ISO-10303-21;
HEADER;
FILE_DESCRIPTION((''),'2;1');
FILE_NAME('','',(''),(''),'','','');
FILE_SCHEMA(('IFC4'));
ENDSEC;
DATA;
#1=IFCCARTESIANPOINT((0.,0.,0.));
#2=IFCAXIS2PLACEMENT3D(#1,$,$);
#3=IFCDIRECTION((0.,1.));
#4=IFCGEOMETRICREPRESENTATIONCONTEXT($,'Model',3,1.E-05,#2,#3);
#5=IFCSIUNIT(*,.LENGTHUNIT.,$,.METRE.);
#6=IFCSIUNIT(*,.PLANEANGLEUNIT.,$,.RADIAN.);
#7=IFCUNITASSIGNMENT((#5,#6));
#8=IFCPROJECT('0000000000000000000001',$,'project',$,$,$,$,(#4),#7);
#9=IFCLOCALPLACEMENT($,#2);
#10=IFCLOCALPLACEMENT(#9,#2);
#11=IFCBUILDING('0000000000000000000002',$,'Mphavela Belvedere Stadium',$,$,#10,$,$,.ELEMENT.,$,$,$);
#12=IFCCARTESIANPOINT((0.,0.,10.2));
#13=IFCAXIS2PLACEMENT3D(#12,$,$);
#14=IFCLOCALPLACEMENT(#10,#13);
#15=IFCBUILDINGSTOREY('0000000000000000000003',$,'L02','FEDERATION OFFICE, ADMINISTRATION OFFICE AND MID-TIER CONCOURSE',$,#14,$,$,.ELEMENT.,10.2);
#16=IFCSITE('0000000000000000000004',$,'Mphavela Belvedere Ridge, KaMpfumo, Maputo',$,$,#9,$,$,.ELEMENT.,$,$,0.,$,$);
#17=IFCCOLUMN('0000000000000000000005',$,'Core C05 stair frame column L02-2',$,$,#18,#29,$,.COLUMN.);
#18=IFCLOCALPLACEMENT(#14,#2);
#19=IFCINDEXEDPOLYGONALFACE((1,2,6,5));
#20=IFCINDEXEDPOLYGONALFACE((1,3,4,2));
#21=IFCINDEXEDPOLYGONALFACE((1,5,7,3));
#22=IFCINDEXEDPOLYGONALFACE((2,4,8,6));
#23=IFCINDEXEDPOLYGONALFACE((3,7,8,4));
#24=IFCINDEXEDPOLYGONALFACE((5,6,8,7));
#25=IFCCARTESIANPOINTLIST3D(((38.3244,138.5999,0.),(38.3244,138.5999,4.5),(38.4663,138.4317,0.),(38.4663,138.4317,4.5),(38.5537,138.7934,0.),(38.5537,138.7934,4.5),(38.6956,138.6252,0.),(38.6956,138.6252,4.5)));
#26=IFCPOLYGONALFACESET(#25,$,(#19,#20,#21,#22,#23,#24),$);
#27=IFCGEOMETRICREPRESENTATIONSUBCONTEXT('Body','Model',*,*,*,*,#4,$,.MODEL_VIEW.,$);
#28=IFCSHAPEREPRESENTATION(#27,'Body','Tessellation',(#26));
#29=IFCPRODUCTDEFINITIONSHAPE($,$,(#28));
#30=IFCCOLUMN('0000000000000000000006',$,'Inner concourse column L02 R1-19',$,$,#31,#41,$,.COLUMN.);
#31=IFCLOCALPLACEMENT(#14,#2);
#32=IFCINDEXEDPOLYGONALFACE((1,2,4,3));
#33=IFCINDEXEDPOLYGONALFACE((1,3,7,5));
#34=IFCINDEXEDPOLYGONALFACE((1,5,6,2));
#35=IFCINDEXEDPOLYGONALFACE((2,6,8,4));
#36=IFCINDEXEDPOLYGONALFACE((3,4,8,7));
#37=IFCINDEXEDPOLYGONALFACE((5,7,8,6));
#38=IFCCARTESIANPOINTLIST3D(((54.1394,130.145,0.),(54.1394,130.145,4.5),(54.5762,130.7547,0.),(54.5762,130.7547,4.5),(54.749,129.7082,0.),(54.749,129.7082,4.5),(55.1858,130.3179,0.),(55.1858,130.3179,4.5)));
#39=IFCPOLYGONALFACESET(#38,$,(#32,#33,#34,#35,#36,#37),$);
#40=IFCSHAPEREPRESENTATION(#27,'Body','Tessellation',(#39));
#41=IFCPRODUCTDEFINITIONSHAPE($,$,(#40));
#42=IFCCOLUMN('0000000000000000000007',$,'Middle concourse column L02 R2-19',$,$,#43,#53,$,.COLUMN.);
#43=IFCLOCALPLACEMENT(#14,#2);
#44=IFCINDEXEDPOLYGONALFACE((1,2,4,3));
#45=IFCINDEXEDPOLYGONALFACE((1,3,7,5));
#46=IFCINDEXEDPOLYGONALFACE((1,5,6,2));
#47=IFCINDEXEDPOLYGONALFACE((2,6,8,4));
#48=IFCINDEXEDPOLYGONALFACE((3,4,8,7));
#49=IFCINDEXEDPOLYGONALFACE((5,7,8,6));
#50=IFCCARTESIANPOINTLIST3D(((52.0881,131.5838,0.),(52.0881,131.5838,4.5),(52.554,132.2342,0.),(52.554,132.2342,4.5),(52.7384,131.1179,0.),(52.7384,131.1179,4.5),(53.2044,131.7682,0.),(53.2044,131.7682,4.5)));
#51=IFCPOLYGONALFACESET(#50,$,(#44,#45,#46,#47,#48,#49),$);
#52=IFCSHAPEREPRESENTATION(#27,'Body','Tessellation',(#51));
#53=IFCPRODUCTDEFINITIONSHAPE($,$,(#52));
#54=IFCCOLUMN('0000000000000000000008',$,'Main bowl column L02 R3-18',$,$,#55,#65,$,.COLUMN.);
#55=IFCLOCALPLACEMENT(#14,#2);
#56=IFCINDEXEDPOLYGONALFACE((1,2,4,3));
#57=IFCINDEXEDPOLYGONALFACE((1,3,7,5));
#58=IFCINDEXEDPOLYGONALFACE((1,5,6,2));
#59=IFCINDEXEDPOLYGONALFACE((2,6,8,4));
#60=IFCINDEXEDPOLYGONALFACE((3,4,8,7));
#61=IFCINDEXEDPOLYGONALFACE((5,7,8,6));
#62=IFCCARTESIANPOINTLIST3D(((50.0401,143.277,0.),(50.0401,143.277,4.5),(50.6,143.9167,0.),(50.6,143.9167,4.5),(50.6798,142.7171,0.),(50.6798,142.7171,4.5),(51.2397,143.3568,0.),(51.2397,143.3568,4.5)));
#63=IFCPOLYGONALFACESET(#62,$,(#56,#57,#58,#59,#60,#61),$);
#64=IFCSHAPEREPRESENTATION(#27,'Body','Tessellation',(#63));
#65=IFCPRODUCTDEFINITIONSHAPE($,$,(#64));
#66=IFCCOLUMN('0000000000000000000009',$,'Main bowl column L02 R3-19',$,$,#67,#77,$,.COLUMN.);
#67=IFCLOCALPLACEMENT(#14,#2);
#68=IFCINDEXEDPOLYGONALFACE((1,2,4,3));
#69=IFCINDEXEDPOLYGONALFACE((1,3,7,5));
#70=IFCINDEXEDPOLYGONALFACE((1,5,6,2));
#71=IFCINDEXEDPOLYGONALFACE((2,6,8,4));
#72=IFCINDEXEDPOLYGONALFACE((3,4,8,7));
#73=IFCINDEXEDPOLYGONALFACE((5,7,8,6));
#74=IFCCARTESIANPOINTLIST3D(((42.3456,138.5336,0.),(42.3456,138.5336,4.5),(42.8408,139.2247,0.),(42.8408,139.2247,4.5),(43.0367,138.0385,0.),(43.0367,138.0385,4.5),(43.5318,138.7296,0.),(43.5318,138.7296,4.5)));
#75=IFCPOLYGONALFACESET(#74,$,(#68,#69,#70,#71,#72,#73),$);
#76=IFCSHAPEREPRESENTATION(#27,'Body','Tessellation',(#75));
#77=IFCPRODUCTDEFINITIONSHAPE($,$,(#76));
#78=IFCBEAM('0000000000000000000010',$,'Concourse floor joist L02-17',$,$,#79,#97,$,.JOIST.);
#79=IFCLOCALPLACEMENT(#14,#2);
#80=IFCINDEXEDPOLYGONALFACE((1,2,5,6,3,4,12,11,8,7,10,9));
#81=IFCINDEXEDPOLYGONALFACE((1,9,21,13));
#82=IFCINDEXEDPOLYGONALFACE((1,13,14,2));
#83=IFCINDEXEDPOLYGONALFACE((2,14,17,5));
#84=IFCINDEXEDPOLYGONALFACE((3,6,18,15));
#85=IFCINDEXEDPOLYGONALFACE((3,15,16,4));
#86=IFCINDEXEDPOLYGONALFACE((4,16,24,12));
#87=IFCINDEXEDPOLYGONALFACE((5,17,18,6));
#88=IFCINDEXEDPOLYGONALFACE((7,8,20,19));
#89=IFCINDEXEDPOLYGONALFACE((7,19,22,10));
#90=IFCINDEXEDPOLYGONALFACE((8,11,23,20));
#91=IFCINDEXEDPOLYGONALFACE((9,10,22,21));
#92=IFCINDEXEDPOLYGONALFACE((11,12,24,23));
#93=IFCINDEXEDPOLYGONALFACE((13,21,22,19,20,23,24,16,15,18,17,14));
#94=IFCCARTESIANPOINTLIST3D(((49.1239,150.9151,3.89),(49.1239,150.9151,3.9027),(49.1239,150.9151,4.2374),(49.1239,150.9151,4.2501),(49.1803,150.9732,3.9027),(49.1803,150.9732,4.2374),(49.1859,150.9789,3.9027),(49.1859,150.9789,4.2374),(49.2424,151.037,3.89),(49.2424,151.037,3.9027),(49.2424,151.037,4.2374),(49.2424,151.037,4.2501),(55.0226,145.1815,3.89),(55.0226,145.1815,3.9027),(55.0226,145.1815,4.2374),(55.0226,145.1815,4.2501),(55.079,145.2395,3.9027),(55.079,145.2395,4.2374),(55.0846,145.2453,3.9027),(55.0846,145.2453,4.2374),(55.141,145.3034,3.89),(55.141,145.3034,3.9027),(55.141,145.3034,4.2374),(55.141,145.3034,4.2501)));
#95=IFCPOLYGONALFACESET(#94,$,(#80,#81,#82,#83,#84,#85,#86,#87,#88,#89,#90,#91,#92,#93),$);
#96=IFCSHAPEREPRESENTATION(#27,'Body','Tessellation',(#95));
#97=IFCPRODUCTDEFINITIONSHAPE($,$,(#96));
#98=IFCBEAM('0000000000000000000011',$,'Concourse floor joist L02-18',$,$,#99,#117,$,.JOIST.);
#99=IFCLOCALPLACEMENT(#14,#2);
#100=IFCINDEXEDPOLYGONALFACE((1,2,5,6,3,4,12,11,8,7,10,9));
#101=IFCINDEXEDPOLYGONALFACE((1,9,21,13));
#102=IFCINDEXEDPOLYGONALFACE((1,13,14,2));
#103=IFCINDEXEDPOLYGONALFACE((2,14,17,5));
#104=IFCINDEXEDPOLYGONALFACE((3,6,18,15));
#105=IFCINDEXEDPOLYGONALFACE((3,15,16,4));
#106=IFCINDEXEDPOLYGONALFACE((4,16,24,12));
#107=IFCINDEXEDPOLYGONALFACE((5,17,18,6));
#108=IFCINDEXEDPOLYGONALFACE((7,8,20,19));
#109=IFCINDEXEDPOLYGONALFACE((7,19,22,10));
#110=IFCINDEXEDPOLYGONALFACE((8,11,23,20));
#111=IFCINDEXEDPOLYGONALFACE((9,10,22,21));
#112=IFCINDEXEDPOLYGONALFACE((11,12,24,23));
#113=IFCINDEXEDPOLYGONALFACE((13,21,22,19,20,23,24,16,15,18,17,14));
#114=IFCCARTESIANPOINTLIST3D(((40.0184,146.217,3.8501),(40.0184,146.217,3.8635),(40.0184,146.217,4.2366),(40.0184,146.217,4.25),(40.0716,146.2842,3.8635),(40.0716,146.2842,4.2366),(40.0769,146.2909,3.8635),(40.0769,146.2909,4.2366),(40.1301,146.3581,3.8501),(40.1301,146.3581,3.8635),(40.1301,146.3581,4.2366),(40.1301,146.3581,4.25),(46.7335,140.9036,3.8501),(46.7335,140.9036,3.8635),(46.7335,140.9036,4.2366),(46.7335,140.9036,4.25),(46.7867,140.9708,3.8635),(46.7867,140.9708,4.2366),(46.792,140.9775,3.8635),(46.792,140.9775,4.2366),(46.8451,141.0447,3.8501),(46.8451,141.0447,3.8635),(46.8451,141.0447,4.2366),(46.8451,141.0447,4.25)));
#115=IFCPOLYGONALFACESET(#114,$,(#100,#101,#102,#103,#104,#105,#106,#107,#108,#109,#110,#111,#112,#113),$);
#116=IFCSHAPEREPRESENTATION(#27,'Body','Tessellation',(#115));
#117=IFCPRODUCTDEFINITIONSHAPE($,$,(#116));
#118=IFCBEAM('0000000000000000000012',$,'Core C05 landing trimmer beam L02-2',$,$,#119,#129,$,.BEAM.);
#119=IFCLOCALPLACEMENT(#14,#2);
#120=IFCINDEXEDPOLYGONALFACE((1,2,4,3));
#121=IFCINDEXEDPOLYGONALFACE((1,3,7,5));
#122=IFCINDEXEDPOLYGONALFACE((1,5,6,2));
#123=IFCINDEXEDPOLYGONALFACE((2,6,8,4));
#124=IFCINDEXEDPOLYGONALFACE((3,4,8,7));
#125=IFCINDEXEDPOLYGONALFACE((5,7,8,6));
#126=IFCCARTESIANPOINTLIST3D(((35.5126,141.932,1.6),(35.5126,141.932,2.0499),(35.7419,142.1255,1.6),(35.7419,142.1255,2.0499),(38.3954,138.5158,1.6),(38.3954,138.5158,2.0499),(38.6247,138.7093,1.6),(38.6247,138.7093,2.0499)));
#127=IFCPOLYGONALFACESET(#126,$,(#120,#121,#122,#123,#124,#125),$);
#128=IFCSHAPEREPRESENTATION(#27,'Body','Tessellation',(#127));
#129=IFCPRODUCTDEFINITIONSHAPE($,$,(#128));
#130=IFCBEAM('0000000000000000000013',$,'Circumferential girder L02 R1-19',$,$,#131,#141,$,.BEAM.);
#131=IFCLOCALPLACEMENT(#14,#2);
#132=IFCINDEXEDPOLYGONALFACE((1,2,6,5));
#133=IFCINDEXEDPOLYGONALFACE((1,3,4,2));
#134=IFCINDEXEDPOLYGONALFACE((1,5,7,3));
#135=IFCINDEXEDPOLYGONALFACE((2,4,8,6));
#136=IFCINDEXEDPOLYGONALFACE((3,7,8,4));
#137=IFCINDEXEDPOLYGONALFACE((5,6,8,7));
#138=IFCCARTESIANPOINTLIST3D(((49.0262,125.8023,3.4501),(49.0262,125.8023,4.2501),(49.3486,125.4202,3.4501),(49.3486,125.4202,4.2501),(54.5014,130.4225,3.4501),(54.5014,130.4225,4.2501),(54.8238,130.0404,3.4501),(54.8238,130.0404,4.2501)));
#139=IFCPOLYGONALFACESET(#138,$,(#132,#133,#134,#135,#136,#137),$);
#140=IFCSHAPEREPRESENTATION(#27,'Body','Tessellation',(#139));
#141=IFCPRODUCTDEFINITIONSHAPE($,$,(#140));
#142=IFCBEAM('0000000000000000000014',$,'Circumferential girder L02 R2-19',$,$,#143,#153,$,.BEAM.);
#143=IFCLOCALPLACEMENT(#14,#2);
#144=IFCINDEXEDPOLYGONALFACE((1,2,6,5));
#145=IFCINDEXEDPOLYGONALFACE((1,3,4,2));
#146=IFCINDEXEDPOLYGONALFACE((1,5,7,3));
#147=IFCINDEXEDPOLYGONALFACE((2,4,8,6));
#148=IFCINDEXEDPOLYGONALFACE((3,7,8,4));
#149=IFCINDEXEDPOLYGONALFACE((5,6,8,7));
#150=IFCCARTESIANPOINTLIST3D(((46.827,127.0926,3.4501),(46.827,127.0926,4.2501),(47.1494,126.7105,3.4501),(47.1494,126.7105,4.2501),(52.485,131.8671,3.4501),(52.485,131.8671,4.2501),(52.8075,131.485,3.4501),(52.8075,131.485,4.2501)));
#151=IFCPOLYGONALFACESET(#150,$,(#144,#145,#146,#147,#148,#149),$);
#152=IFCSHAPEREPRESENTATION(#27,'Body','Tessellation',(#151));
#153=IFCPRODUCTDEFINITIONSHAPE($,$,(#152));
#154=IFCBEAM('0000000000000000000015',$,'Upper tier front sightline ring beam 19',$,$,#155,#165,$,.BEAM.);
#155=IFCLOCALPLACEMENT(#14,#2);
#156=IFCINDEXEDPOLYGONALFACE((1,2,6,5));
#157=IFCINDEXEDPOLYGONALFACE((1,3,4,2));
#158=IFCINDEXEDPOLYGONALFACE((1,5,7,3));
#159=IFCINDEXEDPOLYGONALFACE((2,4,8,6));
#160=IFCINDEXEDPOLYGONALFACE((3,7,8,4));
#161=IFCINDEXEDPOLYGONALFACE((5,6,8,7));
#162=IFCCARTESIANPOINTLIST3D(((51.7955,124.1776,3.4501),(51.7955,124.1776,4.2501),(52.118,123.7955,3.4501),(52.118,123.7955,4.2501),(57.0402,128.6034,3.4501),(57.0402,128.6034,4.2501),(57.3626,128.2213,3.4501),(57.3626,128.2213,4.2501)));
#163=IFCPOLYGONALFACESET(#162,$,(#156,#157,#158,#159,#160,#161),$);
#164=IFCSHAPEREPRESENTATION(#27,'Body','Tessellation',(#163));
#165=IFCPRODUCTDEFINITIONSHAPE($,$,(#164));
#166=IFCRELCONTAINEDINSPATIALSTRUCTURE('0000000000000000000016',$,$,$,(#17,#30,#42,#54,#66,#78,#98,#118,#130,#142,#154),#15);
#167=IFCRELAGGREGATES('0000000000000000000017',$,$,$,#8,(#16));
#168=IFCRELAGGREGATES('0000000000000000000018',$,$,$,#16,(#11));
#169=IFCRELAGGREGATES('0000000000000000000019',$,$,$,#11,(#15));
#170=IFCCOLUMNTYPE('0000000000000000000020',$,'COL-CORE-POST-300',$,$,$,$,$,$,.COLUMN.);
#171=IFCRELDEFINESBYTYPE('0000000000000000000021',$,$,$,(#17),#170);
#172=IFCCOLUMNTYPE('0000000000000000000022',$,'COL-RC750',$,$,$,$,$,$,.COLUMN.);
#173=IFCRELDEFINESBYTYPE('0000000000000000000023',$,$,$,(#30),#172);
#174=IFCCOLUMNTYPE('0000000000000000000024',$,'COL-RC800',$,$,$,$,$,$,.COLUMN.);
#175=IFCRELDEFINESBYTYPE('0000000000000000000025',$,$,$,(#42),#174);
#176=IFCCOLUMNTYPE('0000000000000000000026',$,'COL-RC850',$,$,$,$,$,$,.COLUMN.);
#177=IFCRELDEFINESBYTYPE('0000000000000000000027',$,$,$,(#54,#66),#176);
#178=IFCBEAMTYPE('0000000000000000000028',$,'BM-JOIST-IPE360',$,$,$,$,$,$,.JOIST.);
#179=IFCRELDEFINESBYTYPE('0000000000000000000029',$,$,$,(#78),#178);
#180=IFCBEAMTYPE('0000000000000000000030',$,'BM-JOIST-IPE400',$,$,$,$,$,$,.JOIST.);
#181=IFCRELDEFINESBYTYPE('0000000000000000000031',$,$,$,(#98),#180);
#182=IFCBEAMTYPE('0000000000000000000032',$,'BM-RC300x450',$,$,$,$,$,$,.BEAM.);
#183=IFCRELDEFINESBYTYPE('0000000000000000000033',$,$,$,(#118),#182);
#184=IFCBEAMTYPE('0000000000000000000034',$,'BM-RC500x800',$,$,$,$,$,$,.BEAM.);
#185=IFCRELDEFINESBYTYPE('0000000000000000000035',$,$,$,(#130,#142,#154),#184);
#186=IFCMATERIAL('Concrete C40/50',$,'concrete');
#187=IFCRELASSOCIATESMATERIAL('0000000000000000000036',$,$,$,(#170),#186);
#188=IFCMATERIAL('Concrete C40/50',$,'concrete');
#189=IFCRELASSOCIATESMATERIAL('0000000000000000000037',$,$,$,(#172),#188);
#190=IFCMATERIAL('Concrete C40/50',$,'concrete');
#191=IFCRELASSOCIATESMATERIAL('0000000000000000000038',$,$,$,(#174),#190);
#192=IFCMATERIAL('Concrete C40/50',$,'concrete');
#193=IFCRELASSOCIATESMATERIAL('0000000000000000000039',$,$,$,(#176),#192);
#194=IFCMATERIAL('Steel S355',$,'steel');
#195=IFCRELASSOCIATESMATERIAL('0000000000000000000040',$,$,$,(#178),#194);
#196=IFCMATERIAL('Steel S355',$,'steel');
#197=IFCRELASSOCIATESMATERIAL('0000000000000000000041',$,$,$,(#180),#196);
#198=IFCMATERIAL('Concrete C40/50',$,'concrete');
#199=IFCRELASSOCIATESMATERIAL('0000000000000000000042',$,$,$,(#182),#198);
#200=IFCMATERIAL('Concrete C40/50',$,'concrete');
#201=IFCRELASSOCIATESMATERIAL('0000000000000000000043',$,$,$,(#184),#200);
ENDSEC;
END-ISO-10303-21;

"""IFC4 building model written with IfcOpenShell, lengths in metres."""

from ifc_helpers import new_model, si_unit, direction, frame, origin, origin_2d, place, context, subcontext, project, spatial, rectangle, i_section, extrude, material, material_profile, profile_set, type_object, element, save


model = new_model("IFC4")

# Units and contexts
model_context = context("Model", 3, precision=1e-05, world=origin(), true_north=direction((0.0, 1.0)))
body_context = subcontext(model_context, "Body", "Model", "MODEL_VIEW")
ifc_project = project(units=[si_unit("LENGTHUNIT", "METRE"), si_unit("PLANEANGLEUNIT", "RADIAN")], contexts=[model_context])

# Site, building, storey
site_placement = place(None, origin())
site = spatial("IfcSite", under=ifc_project, at=site_placement, Name="Mphavela Belvedere Ridge, KaMpfumo, Maputo", CompositionType="ELEMENT", RefElevation=0.0)
building_placement = place(site_placement, origin())
building = spatial("IfcBuilding", under=site, at=building_placement, Name="Mphavela Belvedere Stadium", CompositionType="ELEMENT")
storey_placement = place(building_placement, frame((0.0, 0.0, 10.2)))
storey = spatial("IfcBuildingStorey", under=building, at=storey_placement, Name="L02", Description="FEDERATION OFFICE, ADMINISTRATION OFFICE AND MID-TIER CONCOURSE", CompositionType="ELEMENT", Elevation=10.2)

# Columns
ifc_material_1 = material(Name="Concrete C40/50", Category="concrete")
ifc_material_profile_1 = material_profile(ifc_material_1, rectangle(XDim=0.3, YDim=0.22, at=origin_2d()), Name="RC 300x220")
ifc_profile_set_1 = profile_set([ifc_material_profile_1], Name="Concrete C40/50")
column_type_1 = type_object("IfcColumnType", Name="COL-CORE-POST-300", PredefinedType="COLUMN", material=ifc_profile_set_1)
column_1_placement = place(storey_placement, frame((38.51, 138.6125, 0.0), z_axis=(0.0, 0.0, 1.0), x_axis=(0.764246, 0.644924, 0.0)))
element("IfcColumn", 1, at=column_1_placement, inside=storey, type_object=column_type_1, Name="Core C05 stair frame column L02-2", PredefinedType="COLUMN", context=body_context, shape_type="SweptSolid", body=[
    extrude(rectangle(XDim=0.3, YDim=0.22, at=origin_2d()), origin(), (0.0, 0.0, 1.0), 4.5),
])
ifc_material_2 = material(Name="Concrete C40/50", Category="concrete")
ifc_material_profile_2 = material_profile(ifc_material_2, rectangle(XDim=0.75, YDim=0.75, at=origin_2d()), Name="RC 750x750")
ifc_profile_set_2 = profile_set([ifc_material_profile_2], Name="Concrete C40/50")
column_type_2 = type_object("IfcColumnType", Name="COL-RC750", PredefinedType="COLUMN", material=ifc_profile_set_2)
column_2_placement = place(storey_placement, frame((54.6626, 130.2314, 0.0), z_axis=(0.0, 0.0, 1.0), x_axis=(-0.812898, 0.582407, 0.0)))
element("IfcColumn", 2, at=column_2_placement, inside=storey, type_object=column_type_2, Name="Inner concourse column L02 R1-19", PredefinedType="COLUMN", context=body_context, shape_type="SweptSolid", body=[
    extrude(rectangle(XDim=0.75, YDim=0.75, at=origin_2d()), origin(), (0.0, 0.0, 1.0), 4.5),
])
ifc_material_3 = material(Name="Concrete C40/50", Category="concrete")
ifc_material_profile_3 = material_profile(ifc_material_3, rectangle(XDim=0.8, YDim=0.8, at=origin_2d()), Name="RC 800x800")
ifc_profile_set_3 = profile_set([ifc_material_profile_3], Name="Concrete C40/50")
column_type_3 = type_object("IfcColumnType", Name="COL-RC800", PredefinedType="COLUMN", material=ifc_profile_set_3)
column_3_placement = place(storey_placement, frame((52.6462, 131.676, 0.0), z_axis=(0.0, 0.0, 1.0), x_axis=(-0.812898, 0.582407, 0.0)))
element("IfcColumn", 3, at=column_3_placement, inside=storey, type_object=column_type_3, Name="Middle concourse column L02 R2-19", PredefinedType="COLUMN", context=body_context, shape_type="SweptSolid", body=[
    extrude(rectangle(XDim=0.8, YDim=0.8, at=origin_2d()), origin(), (0.0, 0.0, 1.0), 4.5),
])
ifc_material_4 = material(Name="Concrete C40/50", Category="concrete")
ifc_material_profile_4 = material_profile(ifc_material_4, rectangle(XDim=0.8501, YDim=0.8501, at=origin_2d()), Name="RC 850x850")
ifc_profile_set_4 = profile_set([ifc_material_profile_4], Name="Concrete C40/50")
column_type_4 = type_object("IfcColumnType", Name="COL-RC850", PredefinedType="COLUMN", material=ifc_profile_set_4)
for number, where, z_axis, x_axis, name in (
    (4, (50.6399, 143.3169, 0.0), (0.0, 0.0, 1.0), (-0.75253, 0.658558, 0.0), "Main bowl column L02 R3-18"),
    (5, (42.9387, 138.6316, 0.0), (0.0, 0.0, 1.0), (-0.812898, 0.582407, 0.0), "Main bowl column L02 R3-19"),
):
    element("IfcColumn", number, at=place(storey_placement, frame(where, z_axis=z_axis, x_axis=x_axis)), inside=storey, type_object=column_type_4, Name=name, PredefinedType="COLUMN", context=body_context, shape_type="SweptSolid", body=[
        extrude(rectangle(XDim=0.8501, YDim=0.8501, at=origin_2d()), origin(), (0.0, 0.0, 1.0), 4.5),
    ])

# Beams
ifc_material_5 = material(Name="Steel S355", Category="steel")
ifc_material_profile_5 = material_profile(ifc_material_5, i_section(OverallWidth=0.1699, OverallDepth=0.3601, WebThickness=0.0081, FlangeThickness=0.0127, at=origin_2d()), Name="IPE 360")
ifc_profile_set_5 = profile_set([ifc_material_profile_5], Name="Steel S355")
beam_type_1 = type_object("IfcBeamType", Name="BM-JOIST-IPE360", PredefinedType="JOIST", material=ifc_profile_set_5)
beam_1_placement = place(storey_placement, frame((55.0818, 145.2424, 4.0701), z_axis=(-0.717067, 0.697004, 0.0), x_axis=(-0.697004, -0.717067, 0.0)))
element("IfcBeam", 6, at=beam_1_placement, inside=storey, type_object=beam_type_1, Name="Concourse floor joist L02-17", PredefinedType="JOIST", context=body_context, shape_type="SweptSolid", body=[
    extrude(i_section(OverallWidth=0.1699, OverallDepth=0.3601, WebThickness=0.0081, FlangeThickness=0.0127, at=origin_2d()), origin(), (0.0, 0.0, 1.0), 8.2261),
])
ifc_material_6 = material(Name="Steel S355", Category="steel")
ifc_material_profile_6 = material_profile(ifc_material_6, i_section(OverallWidth=0.1799, OverallDepth=0.3999, WebThickness=0.0085, FlangeThickness=0.0134, at=origin_2d()), Name="IPE 400")
ifc_profile_set_6 = profile_set([ifc_material_profile_6], Name="Steel S355")
beam_type_2 = type_object("IfcBeamType", Name="BM-JOIST-IPE400", PredefinedType="JOIST", material=ifc_profile_set_6)
beam_2_placement = place(storey_placement, frame((46.7893, 140.9741, 4.05), z_axis=(-0.784196, 0.620514, 0.0), x_axis=(-0.620514, -0.784196, 0.0)))
element("IfcBeam", 7, at=beam_2_placement, inside=storey, type_object=beam_type_2, Name="Concourse floor joist L02-18", PredefinedType="JOIST", context=body_context, shape_type="SweptSolid", body=[
    extrude(i_section(OverallWidth=0.1799, OverallDepth=0.3999, WebThickness=0.0085, FlangeThickness=0.0134, at=origin_2d()), origin(), (0.0, 0.0, 1.0), 8.563),
])
ifc_material_7 = material(Name="Concrete C40/50", Category="concrete")
ifc_material_profile_7 = material_profile(ifc_material_7, rectangle(XDim=0.3, YDim=0.45, at=origin_2d()), Name="RC 300x450")
ifc_profile_set_7 = profile_set([ifc_material_profile_7], Name="Concrete C40/50")
beam_type_3 = type_object("IfcBeamType", Name="BM-RC300x450", PredefinedType="BEAM", material=ifc_profile_set_7)
beam_3_placement = place(storey_placement, frame((38.51, 138.6125, 1.825), z_axis=(-0.644916, 0.764254, 0.0), x_axis=(-0.764254, -0.644916, 0.0)))
element("IfcBeam", 8, at=beam_3_placement, inside=storey, type_object=beam_type_3, Name="Core C05 landing trimmer beam L02-2", PredefinedType="BEAM", context=body_context, shape_type="SweptSolid", body=[
    extrude(rectangle(XDim=0.3, YDim=0.45, at=origin_2d()), origin(), (0.0, 0.0, 1.0), 4.47),
])
ifc_material_8 = material(Name="Concrete C40/50", Category="concrete")
ifc_material_profile_8 = material_profile(ifc_material_8, rectangle(XDim=0.5, YDim=0.8, at=origin_2d()), Name="RC 500x800")
ifc_profile_set_8 = profile_set([ifc_material_profile_8], Name="Concrete C40/50")
beam_type_4 = type_object("IfcBeamType", Name="BM-RC500x800", PredefinedType="BEAM", material=ifc_profile_set_8)
beam_4_placement = place(storey_placement, frame((54.6626, 130.2314, 3.8501), z_axis=(-0.764257, -0.644912, 0.0), x_axis=(0.644912, -0.764257, 0.0)))
element("IfcBeam", 9, at=beam_4_placement, inside=storey, type_object=beam_type_4, Name="Circumferential girder L02 R1-19", PredefinedType="BEAM", context=body_context, shape_type="SweptSolid", body=[
    extrude(rectangle(XDim=0.5, YDim=0.8, at=origin_2d()), origin(), (0.0, 0.0, 1.0), 7.1641),
])
beam_5_placement = place(storey_placement, frame((52.6462, 131.676, 3.8501), z_axis=(-0.764257, -0.644911, 0.0), x_axis=(0.644911, -0.764257, 0.0)))
element("IfcBeam", 10, at=beam_5_placement, inside=storey, type_object=beam_type_4, Name="Circumferential girder L02 R2-19", PredefinedType="BEAM", context=body_context, shape_type="SweptSolid", body=[
    extrude(rectangle(XDim=0.5, YDim=0.8, at=origin_2d()), origin(), (0.0, 0.0, 1.0), 7.4033),
])
beam_6_placement = place(storey_placement, frame((57.2014, 128.4124, 3.8501), z_axis=(-0.764247, -0.644924, 0.0), x_axis=(0.644924, -0.764247, 0.0)))
element("IfcBeam", 11, at=beam_6_placement, inside=storey, type_object=beam_type_4, Name="Upper tier front sightline ring beam 19", PredefinedType="BEAM", context=body_context, shape_type="SweptSolid", body=[
    extrude(rectangle(XDim=0.5, YDim=0.8, at=origin_2d()), origin(), (0.0, 0.0, 1.0), 6.8625),
])

save(model, "model.ifc")
